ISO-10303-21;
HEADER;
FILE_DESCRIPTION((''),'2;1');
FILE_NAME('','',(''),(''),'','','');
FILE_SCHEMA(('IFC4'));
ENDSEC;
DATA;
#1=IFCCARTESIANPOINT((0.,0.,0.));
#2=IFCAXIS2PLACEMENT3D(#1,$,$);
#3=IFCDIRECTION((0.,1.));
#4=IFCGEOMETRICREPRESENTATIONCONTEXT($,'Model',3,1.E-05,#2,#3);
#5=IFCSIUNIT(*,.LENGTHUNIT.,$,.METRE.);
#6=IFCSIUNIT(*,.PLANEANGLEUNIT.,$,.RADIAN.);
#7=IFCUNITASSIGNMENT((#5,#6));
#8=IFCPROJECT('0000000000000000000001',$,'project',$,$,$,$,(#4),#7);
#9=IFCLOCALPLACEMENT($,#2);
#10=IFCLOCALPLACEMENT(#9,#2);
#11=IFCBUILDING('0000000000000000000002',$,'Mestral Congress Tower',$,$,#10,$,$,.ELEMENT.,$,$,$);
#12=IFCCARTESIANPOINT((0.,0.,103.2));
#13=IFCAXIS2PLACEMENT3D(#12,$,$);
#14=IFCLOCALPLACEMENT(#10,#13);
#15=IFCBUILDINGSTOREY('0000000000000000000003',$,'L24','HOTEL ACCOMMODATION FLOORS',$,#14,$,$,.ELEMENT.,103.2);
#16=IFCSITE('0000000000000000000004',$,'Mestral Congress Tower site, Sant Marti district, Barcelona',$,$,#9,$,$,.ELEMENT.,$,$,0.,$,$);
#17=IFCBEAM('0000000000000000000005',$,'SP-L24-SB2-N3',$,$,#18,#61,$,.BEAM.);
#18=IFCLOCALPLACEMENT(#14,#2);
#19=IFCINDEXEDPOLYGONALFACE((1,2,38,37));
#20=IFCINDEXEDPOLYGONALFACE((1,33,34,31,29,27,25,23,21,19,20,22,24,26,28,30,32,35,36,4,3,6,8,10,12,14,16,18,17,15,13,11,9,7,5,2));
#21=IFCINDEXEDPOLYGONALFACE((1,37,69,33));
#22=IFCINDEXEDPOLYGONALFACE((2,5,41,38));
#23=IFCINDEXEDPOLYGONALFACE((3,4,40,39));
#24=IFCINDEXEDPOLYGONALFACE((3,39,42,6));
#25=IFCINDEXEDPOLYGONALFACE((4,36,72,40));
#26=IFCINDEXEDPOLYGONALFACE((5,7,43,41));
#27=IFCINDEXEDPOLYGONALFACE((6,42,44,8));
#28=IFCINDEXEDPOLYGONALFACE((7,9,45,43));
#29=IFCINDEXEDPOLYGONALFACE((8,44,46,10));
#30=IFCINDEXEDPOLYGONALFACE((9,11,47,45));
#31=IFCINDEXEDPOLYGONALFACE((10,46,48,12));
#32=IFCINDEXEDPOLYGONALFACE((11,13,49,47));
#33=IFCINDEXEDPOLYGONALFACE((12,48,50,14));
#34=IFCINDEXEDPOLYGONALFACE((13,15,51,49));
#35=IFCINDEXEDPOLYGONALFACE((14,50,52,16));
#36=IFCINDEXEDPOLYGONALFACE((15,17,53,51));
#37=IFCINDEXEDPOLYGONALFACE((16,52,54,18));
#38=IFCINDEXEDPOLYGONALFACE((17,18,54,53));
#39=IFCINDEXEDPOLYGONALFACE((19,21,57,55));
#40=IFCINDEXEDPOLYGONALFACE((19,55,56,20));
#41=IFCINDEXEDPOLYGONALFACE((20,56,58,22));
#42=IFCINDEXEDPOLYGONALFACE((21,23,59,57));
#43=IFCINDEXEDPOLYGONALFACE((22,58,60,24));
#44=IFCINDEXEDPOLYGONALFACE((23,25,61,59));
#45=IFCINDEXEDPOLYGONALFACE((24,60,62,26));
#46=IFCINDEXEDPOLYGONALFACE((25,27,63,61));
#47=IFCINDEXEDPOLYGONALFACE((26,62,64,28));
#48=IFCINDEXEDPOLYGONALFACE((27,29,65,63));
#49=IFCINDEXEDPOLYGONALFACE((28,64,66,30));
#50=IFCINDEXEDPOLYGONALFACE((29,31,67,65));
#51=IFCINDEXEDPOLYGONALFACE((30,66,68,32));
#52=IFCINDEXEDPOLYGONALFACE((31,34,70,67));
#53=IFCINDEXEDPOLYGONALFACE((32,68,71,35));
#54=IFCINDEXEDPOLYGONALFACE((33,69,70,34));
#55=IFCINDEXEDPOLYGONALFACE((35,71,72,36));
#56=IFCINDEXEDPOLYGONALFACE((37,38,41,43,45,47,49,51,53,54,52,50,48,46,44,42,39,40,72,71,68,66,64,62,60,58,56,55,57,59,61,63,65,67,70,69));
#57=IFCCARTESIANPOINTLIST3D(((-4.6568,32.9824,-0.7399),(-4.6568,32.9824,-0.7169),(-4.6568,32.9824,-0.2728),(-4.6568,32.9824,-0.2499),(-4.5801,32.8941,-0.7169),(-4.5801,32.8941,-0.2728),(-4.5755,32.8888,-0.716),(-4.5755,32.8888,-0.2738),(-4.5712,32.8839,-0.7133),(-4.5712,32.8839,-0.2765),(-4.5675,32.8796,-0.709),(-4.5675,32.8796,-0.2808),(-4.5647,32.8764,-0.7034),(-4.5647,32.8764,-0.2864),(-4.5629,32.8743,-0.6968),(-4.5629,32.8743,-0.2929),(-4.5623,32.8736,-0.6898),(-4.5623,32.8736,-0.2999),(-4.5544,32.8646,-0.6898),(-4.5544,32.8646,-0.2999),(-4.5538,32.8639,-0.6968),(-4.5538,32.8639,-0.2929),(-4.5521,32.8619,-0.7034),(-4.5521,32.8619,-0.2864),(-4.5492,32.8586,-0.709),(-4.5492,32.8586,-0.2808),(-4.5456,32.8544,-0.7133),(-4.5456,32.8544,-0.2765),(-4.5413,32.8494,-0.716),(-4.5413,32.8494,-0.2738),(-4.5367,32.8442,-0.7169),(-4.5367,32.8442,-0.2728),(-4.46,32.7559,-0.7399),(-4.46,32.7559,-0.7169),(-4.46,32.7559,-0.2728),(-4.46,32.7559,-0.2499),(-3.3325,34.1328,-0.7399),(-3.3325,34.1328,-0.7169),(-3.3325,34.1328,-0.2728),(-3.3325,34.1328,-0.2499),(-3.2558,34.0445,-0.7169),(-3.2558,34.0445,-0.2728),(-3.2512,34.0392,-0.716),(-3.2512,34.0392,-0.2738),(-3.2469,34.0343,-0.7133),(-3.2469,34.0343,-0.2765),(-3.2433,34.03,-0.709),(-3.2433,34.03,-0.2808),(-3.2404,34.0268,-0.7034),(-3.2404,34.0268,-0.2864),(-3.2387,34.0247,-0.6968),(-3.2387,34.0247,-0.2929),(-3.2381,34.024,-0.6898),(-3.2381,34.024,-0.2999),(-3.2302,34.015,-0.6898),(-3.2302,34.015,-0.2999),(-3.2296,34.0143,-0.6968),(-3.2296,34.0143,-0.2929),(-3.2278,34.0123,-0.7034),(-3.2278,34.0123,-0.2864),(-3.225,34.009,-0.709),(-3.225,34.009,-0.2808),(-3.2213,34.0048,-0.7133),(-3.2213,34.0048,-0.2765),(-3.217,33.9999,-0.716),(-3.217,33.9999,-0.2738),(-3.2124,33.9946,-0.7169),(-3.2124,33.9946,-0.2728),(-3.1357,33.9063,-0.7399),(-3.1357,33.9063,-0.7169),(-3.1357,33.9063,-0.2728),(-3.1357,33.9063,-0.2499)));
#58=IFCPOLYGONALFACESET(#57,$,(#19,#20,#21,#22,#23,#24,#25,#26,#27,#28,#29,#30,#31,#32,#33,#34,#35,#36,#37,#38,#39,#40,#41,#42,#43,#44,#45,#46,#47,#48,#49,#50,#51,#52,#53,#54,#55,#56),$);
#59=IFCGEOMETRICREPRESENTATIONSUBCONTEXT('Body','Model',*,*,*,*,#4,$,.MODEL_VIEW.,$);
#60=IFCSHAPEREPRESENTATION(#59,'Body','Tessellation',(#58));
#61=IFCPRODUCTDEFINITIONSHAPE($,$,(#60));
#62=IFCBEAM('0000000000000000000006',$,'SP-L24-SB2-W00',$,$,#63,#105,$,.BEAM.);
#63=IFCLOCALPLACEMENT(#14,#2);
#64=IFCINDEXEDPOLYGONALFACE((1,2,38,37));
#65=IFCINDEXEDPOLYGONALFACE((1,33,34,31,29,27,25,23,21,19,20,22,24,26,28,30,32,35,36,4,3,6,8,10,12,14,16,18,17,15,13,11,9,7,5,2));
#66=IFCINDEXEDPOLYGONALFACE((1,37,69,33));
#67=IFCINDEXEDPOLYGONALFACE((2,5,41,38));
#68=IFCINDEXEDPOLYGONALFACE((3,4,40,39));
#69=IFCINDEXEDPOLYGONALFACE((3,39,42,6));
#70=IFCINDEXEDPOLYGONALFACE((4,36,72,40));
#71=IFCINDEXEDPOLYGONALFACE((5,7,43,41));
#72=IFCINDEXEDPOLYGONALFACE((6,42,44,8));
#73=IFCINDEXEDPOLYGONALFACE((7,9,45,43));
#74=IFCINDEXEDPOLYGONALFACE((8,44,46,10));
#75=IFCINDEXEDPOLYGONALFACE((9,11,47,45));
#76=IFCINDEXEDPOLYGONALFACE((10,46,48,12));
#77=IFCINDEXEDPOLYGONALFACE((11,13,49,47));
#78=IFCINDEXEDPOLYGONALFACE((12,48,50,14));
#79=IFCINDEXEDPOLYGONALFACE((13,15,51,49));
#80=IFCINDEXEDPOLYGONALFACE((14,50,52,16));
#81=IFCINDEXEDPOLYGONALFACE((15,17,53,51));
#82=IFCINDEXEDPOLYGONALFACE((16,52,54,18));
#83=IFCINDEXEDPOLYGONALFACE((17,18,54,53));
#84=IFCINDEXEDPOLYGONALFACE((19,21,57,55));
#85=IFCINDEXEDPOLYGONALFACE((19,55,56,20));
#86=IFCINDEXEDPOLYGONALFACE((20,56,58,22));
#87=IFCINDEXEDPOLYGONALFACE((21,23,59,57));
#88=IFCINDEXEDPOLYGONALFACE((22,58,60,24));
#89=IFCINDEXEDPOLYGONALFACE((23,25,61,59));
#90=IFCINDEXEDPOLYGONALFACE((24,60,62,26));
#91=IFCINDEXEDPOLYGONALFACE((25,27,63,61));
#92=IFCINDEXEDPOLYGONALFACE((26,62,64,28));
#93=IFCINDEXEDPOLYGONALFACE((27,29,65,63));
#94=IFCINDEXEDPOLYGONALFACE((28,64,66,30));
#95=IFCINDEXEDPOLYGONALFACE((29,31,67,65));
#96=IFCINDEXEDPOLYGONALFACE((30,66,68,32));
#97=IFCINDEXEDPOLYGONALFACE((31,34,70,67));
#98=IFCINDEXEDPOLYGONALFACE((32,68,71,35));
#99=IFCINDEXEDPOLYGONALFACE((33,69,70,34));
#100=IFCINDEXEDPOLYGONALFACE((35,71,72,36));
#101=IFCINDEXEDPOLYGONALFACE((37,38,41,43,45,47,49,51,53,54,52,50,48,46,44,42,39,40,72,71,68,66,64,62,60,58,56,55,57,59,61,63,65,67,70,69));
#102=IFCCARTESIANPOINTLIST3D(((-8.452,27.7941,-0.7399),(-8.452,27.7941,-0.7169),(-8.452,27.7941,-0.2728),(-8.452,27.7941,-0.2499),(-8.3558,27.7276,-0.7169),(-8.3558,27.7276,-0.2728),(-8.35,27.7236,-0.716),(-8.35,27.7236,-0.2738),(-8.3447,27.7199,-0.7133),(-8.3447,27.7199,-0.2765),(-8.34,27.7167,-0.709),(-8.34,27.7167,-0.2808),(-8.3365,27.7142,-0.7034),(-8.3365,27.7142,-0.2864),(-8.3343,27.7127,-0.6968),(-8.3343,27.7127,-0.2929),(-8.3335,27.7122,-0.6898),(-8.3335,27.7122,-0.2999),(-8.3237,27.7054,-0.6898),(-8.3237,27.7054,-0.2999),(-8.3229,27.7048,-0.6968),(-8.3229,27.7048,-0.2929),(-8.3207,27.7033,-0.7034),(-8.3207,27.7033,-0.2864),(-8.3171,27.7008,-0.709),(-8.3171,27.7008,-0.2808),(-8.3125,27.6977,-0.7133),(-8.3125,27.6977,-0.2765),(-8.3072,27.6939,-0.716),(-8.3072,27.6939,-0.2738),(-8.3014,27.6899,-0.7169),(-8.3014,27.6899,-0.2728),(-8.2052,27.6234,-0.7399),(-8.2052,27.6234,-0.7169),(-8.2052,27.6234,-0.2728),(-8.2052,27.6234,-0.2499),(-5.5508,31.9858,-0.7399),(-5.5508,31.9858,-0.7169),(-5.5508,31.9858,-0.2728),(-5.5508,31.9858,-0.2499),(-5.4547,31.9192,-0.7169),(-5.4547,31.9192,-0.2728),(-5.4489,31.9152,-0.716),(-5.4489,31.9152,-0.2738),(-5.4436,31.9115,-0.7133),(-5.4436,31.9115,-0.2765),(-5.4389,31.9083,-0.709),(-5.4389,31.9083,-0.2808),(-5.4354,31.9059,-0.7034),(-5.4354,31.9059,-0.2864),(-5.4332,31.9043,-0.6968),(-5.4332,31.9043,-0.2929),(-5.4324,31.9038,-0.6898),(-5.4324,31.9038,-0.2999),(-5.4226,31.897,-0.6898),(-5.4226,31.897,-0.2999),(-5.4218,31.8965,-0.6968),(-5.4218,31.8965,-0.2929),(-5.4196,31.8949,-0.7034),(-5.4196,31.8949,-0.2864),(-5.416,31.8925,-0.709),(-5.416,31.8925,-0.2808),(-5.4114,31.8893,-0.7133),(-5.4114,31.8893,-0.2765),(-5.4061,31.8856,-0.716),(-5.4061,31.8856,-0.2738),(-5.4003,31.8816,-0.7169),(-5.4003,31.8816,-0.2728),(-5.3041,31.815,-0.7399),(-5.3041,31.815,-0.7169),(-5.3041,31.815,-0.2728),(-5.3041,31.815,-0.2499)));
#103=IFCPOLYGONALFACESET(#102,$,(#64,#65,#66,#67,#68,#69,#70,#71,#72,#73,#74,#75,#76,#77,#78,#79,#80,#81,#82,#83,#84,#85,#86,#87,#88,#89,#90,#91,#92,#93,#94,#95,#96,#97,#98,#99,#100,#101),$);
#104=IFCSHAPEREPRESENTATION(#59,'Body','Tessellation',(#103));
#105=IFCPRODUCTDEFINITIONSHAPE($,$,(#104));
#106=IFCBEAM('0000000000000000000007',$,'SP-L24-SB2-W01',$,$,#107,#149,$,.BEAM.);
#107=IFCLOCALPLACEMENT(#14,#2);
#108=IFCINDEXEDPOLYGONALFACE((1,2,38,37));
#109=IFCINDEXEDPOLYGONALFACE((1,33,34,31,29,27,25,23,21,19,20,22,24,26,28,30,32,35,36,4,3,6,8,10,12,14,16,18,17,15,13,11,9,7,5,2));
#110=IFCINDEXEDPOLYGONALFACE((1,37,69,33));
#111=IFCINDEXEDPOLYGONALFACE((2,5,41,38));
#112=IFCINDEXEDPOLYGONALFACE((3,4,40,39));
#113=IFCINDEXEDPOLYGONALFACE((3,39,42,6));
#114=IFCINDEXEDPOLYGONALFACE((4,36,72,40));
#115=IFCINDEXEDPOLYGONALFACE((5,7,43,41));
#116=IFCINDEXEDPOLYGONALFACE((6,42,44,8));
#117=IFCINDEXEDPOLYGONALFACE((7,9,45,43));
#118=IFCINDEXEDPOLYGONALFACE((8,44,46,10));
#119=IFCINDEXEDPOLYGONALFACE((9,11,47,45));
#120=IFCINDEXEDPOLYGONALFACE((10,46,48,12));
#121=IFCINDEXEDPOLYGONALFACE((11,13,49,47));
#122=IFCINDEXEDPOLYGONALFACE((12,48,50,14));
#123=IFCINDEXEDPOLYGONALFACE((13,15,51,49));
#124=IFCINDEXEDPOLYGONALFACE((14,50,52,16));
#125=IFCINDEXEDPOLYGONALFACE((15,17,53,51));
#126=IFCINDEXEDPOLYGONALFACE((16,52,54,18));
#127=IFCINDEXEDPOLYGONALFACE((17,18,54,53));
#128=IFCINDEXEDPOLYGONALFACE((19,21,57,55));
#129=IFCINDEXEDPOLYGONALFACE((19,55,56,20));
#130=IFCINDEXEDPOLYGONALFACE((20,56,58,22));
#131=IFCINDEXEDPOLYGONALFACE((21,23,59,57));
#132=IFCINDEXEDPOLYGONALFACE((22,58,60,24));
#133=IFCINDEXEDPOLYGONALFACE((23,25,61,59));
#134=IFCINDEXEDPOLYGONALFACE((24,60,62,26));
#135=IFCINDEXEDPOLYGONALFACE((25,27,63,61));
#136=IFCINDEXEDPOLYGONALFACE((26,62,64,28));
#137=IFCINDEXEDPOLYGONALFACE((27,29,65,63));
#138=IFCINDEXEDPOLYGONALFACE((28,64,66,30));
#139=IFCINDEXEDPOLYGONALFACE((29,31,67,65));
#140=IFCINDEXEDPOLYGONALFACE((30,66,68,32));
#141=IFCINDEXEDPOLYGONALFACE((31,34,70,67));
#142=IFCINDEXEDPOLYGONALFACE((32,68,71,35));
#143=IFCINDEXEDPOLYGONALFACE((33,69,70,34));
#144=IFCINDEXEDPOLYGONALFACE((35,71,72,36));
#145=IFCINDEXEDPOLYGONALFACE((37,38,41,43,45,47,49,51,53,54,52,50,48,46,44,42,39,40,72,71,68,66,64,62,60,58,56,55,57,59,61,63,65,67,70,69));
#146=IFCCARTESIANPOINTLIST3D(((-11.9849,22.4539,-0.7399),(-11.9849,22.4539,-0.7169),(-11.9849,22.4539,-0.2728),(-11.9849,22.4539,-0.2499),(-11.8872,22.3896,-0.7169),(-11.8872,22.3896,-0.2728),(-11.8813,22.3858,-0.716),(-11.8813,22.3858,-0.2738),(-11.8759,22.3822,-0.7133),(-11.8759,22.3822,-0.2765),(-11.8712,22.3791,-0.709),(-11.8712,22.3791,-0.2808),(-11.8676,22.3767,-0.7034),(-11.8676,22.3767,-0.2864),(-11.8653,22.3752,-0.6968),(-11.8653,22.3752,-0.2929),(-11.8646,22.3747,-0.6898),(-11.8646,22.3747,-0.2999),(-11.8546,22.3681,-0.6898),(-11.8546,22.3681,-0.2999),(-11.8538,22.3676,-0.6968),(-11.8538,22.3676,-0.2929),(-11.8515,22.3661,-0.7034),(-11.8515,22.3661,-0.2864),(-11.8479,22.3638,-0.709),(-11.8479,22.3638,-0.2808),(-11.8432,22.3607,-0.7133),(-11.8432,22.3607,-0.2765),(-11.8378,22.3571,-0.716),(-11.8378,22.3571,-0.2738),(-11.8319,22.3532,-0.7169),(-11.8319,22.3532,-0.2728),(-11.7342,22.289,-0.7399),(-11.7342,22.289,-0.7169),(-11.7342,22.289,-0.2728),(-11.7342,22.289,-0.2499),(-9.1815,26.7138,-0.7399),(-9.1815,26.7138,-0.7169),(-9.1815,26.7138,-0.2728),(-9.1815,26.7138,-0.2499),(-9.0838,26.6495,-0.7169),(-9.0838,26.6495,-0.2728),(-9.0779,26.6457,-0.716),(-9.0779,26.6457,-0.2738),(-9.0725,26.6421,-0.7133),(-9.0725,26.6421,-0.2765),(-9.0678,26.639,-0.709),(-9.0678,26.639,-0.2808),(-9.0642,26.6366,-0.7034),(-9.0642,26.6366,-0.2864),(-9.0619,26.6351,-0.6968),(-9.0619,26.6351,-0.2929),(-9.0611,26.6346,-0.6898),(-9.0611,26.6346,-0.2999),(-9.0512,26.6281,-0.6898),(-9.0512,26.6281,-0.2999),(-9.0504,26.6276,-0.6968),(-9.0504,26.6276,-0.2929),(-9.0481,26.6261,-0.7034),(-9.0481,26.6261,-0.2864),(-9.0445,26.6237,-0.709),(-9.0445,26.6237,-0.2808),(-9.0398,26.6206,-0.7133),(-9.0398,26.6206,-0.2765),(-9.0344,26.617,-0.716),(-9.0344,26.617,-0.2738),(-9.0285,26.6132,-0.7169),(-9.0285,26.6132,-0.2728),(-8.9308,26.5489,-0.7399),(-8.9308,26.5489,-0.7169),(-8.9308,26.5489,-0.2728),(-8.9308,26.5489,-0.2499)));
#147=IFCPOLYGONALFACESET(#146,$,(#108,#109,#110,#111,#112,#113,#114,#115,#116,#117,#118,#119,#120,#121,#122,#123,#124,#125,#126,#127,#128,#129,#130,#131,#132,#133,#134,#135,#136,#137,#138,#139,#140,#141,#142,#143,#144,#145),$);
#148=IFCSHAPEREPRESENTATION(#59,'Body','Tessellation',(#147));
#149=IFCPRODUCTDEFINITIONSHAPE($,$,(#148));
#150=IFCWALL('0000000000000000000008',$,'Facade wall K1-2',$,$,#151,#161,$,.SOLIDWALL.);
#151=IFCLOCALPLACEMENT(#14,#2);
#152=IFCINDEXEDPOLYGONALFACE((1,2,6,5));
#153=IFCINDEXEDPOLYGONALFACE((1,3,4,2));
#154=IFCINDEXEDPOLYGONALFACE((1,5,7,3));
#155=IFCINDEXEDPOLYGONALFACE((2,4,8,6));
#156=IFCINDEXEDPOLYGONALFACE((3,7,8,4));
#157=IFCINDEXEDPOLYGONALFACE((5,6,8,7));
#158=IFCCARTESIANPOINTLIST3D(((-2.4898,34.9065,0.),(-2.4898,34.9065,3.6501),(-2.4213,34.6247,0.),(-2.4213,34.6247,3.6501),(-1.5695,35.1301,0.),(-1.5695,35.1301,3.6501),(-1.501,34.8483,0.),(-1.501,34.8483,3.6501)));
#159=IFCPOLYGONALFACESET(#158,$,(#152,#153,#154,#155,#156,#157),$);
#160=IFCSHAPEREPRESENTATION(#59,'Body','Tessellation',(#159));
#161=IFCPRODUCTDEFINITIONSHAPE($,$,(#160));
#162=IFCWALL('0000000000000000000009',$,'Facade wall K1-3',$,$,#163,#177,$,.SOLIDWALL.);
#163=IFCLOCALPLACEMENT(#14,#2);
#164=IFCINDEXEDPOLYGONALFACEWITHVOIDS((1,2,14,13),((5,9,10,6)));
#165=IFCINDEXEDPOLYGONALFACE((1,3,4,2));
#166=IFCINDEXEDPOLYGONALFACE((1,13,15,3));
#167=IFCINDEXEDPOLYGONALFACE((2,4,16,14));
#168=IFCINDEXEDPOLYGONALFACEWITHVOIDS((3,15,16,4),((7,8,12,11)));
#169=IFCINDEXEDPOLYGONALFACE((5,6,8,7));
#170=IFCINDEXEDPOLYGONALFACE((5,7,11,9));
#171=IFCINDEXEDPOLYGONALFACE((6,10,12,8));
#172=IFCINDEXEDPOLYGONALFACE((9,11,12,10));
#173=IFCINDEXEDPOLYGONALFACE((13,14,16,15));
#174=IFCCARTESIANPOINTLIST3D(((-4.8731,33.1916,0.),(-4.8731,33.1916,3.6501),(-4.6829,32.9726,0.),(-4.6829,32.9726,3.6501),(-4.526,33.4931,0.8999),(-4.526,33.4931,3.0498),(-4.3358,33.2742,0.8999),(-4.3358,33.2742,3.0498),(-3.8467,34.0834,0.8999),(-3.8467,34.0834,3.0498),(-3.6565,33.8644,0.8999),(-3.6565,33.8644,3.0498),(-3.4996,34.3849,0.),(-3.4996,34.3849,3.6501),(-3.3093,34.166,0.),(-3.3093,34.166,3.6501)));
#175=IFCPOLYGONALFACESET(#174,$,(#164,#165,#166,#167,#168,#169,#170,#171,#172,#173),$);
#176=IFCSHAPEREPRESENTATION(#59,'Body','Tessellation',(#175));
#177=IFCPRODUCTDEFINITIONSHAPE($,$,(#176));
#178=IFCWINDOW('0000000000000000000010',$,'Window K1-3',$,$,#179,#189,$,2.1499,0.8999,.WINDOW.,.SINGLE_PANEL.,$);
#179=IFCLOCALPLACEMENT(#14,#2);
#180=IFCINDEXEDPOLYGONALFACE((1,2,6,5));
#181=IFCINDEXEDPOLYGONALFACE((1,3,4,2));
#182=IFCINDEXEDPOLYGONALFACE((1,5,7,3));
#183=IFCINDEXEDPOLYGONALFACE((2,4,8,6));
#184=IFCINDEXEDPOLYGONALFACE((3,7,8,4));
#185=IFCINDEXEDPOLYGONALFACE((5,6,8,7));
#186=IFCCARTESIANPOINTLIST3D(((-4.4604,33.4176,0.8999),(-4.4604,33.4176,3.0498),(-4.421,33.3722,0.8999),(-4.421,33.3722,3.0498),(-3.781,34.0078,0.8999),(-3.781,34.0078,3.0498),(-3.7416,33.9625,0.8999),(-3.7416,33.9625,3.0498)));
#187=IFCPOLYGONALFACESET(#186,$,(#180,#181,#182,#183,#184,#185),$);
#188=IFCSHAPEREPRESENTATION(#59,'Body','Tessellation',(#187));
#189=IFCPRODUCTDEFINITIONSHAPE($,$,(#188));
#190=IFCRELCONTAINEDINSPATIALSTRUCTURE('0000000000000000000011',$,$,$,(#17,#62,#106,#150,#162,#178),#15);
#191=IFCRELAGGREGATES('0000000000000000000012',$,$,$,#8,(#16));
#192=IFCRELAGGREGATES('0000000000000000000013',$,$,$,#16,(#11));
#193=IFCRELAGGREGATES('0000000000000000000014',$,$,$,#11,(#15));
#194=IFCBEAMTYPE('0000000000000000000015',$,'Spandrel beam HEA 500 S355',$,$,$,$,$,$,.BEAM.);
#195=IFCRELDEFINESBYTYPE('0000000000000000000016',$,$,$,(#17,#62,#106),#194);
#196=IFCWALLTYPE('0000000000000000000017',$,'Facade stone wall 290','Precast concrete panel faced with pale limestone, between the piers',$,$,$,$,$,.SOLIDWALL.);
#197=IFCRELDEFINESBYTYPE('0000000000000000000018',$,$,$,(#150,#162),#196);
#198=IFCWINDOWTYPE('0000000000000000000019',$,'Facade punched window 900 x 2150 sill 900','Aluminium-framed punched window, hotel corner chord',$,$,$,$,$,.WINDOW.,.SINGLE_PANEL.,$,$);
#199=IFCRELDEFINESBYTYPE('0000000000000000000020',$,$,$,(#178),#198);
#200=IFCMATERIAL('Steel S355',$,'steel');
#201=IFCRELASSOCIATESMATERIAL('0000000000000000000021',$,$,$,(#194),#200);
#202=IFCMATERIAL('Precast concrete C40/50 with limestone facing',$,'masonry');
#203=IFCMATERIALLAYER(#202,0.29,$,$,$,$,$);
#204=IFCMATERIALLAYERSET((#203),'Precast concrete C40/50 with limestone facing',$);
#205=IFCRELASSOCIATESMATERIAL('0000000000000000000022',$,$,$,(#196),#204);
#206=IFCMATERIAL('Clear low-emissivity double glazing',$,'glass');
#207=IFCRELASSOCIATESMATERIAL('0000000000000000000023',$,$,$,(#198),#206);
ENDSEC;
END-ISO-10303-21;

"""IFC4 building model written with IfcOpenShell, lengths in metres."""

from ifc_helpers import new_model, si_unit, direction, frame, frame_2d, origin, origin_2d, place, context, subcontext, project, spatial, rectangle, i_section, extrude, material, layer, layer_set, material_profile, profile_set, type_object, element, fill, save


model = new_model("IFC4")

# Units and contexts
model_context = context("Model", 3, precision=1e-05, world=origin(), true_north=direction((0.0, 1.0)))
body_context = subcontext(model_context, "Body", "Model", "MODEL_VIEW")
ifc_project = project(units=[si_unit("LENGTHUNIT", "METRE"), si_unit("PLANEANGLEUNIT", "RADIAN")], contexts=[model_context])

# Site, building, storey
site_placement = place(None, origin())
site = spatial("IfcSite", under=ifc_project, at=site_placement, Name="Mestral Congress Tower site, Sant Marti district, Barcelona", CompositionType="ELEMENT", RefElevation=0.0)
building_placement = place(site_placement, origin())
building = spatial("IfcBuilding", under=site, at=building_placement, Name="Mestral Congress Tower", CompositionType="ELEMENT")
storey_placement = place(building_placement, frame((0.0, 0.0, 103.2)))
storey = spatial("IfcBuildingStorey", under=building, at=storey_placement, Name="L24", Description="HOTEL ACCOMMODATION FLOORS", CompositionType="ELEMENT", Elevation=103.2)

# Beams
ifc_material_1 = material(Name="Steel S355", Category="steel")
ifc_material_profile_1 = material_profile(ifc_material_1, i_section(OverallWidth=0.3, OverallDepth=0.49, WebThickness=0.012, FlangeThickness=0.0229, FilletRadius=0.0271, at=origin_2d()), Name="HEA 500")
ifc_profile_set_1 = profile_set([ifc_material_profile_1], Name="Steel S355")
beam_type_1 = type_object("IfcBeamType", Name="Spandrel beam HEA 500 S355", PredefinedType="BEAM", material=ifc_profile_set_1)
beam_1_placement = place(storey_placement, frame((-3.2341, 34.0195, -0.4949), z_axis=(-0.754917, -0.65582, 0.0), x_axis=(0.65582, -0.754917, 0.0)))
element("IfcBeam", 1, at=beam_1_placement, inside=storey, type_object=beam_type_1, Name="SP-L24-SB2-N3", PredefinedType="BEAM", context=body_context, shape_type="SweptSolid", body=[
    extrude(i_section(OverallWidth=0.3, OverallDepth=0.49, WebThickness=0.012, FlangeThickness=0.0229, FilletRadius=0.0271, at=origin_2d()), origin(), (0.0, 0.0, 1.0), 1.7542),
])
beam_2_placement = place(storey_placement, frame((-5.4275, 31.9004, -0.4949), z_axis=(-0.569105, -0.822265, 0.0), x_axis=(0.822265, -0.569105, 0.0)))
element("IfcBeam", 2, at=beam_2_placement, inside=storey, type_object=beam_type_1, Name="SP-L24-SB2-W00", PredefinedType="BEAM", context=body_context, shape_type="SweptSolid", body=[
    extrude(i_section(OverallWidth=0.3, OverallDepth=0.49, WebThickness=0.012, FlangeThickness=0.0229, FilletRadius=0.0271, at=origin_2d()), origin(), (0.0, 0.0, 1.0), 5.0977),
])
beam_3_placement = place(storey_placement, frame((-9.0562, 26.6313, -0.4949), z_axis=(-0.54973, -0.835342, 0.0), x_axis=(0.835342, -0.54973, 0.0)))
element("IfcBeam", 3, at=beam_3_placement, inside=storey, type_object=beam_type_1, Name="SP-L24-SB2-W01", PredefinedType="BEAM", context=body_context, shape_type="SweptSolid", body=[
    extrude(i_section(OverallWidth=0.3, OverallDepth=0.49, WebThickness=0.012, FlangeThickness=0.0229, FilletRadius=0.0271, at=origin_2d()), origin(), (0.0, 0.0, 1.0), 5.0996),
])

# Wall
ifc_material_2 = material(Name="Precast concrete C40/50 with limestone facing", Category="masonry")
ifc_layer_1 = layer(ifc_material_2, 0.29)
ifc_layer_set_1 = layer_set([ifc_layer_1], Name="Precast concrete C40/50 with limestone facing")
wall_type_1 = type_object("IfcWallType", Name="Facade stone wall 290", Description="Precast concrete panel faced with pale limestone, between the piers", PredefinedType="SOLIDWALL", material=ifc_layer_set_1)
wall_1_placement = place(storey_placement, frame((-1.5352, 34.9893, 0.0), z_axis=(0.0, 0.0, 1.0), x_axis=(-0.971714, -0.236161, 0.0)))
element("IfcWall", 4, at=wall_1_placement, inside=storey, type_object=wall_type_1, Name="Facade wall K1-2", PredefinedType="SOLIDWALL", context=body_context, shape_type="SweptSolid", body=[
    extrude(rectangle(XDim=0.947, YDim=0.29, at=frame_2d((0.4736, 0.0))), origin(), (0.0, 0.0, 1.0), 3.6501),
])

# Wall, opening, window
wall_2_placement = place(storey_placement, frame((-3.4045, 34.2754, 0.0), z_axis=(0.0, 0.0, 1.0), x_axis=(-0.754883, -0.65586, 0.0)))
wall_2 = element("IfcWall", 5, at=wall_2_placement, inside=storey, type_object=wall_type_1, Name="Facade wall K1-3", PredefinedType="SOLIDWALL", context=body_context, shape_type="SweptSolid", body=[
    extrude(rectangle(XDim=1.8196, YDim=0.29, at=frame_2d((0.9097, 0.0))), origin(), (0.0, 0.0, 1.0), 3.6501),
])
opening_1_placement = place(wall_2_placement, frame((0.4597, 0.0, 0.8999)))
opening_1 = element("IfcOpeningElement", 6, at=opening_1_placement, cuts=wall_2, PredefinedType="OPENING", context=body_context, shape_type="SweptSolid", body=[
    extrude(rectangle(XDim=0.8999, YDim=2.1499, at=frame_2d((0.45, 1.075))), frame((0.0, 0.155, 0.0), z_axis=(0.0, -1.0, 0.0), x_axis=(1.0, 0.0, 0.0)), (0.0, 0.0, 1.0), 0.3101),
])
ifc_material_3 = material(Name="Clear low-emissivity double glazing", Category="glass")
window_type_1 = type_object("IfcWindowType", Name="Facade punched window 900 x 2150 sill 900", Description="Aluminium-framed punched window, hotel corner chord", PartitioningType="SINGLE_PANEL", PredefinedType="WINDOW", material=ifc_material_3)
window_1_placement = place(opening_1_placement, origin())
window_1 = element("IfcWindow", 7, at=window_1_placement, inside=storey, type_object=window_type_1, Name="Window K1-3", OverallHeight=2.1499, OverallWidth=0.8999, PartitioningType="SINGLE_PANEL", PredefinedType="WINDOW", context=body_context, shape_type="SweptSolid", body=[
    extrude(rectangle(XDim=0.8999, YDim=2.1499, at=frame_2d((0.45, 1.075))), frame((0.0, 0.0151, 0.0), z_axis=(0.0, -1.0, 0.0), x_axis=(1.0, 0.0, 0.0)), (0.0, 0.0, 1.0), 0.0601),
])
fill(opening_1, window_1)

save(model, "model.ifc")
